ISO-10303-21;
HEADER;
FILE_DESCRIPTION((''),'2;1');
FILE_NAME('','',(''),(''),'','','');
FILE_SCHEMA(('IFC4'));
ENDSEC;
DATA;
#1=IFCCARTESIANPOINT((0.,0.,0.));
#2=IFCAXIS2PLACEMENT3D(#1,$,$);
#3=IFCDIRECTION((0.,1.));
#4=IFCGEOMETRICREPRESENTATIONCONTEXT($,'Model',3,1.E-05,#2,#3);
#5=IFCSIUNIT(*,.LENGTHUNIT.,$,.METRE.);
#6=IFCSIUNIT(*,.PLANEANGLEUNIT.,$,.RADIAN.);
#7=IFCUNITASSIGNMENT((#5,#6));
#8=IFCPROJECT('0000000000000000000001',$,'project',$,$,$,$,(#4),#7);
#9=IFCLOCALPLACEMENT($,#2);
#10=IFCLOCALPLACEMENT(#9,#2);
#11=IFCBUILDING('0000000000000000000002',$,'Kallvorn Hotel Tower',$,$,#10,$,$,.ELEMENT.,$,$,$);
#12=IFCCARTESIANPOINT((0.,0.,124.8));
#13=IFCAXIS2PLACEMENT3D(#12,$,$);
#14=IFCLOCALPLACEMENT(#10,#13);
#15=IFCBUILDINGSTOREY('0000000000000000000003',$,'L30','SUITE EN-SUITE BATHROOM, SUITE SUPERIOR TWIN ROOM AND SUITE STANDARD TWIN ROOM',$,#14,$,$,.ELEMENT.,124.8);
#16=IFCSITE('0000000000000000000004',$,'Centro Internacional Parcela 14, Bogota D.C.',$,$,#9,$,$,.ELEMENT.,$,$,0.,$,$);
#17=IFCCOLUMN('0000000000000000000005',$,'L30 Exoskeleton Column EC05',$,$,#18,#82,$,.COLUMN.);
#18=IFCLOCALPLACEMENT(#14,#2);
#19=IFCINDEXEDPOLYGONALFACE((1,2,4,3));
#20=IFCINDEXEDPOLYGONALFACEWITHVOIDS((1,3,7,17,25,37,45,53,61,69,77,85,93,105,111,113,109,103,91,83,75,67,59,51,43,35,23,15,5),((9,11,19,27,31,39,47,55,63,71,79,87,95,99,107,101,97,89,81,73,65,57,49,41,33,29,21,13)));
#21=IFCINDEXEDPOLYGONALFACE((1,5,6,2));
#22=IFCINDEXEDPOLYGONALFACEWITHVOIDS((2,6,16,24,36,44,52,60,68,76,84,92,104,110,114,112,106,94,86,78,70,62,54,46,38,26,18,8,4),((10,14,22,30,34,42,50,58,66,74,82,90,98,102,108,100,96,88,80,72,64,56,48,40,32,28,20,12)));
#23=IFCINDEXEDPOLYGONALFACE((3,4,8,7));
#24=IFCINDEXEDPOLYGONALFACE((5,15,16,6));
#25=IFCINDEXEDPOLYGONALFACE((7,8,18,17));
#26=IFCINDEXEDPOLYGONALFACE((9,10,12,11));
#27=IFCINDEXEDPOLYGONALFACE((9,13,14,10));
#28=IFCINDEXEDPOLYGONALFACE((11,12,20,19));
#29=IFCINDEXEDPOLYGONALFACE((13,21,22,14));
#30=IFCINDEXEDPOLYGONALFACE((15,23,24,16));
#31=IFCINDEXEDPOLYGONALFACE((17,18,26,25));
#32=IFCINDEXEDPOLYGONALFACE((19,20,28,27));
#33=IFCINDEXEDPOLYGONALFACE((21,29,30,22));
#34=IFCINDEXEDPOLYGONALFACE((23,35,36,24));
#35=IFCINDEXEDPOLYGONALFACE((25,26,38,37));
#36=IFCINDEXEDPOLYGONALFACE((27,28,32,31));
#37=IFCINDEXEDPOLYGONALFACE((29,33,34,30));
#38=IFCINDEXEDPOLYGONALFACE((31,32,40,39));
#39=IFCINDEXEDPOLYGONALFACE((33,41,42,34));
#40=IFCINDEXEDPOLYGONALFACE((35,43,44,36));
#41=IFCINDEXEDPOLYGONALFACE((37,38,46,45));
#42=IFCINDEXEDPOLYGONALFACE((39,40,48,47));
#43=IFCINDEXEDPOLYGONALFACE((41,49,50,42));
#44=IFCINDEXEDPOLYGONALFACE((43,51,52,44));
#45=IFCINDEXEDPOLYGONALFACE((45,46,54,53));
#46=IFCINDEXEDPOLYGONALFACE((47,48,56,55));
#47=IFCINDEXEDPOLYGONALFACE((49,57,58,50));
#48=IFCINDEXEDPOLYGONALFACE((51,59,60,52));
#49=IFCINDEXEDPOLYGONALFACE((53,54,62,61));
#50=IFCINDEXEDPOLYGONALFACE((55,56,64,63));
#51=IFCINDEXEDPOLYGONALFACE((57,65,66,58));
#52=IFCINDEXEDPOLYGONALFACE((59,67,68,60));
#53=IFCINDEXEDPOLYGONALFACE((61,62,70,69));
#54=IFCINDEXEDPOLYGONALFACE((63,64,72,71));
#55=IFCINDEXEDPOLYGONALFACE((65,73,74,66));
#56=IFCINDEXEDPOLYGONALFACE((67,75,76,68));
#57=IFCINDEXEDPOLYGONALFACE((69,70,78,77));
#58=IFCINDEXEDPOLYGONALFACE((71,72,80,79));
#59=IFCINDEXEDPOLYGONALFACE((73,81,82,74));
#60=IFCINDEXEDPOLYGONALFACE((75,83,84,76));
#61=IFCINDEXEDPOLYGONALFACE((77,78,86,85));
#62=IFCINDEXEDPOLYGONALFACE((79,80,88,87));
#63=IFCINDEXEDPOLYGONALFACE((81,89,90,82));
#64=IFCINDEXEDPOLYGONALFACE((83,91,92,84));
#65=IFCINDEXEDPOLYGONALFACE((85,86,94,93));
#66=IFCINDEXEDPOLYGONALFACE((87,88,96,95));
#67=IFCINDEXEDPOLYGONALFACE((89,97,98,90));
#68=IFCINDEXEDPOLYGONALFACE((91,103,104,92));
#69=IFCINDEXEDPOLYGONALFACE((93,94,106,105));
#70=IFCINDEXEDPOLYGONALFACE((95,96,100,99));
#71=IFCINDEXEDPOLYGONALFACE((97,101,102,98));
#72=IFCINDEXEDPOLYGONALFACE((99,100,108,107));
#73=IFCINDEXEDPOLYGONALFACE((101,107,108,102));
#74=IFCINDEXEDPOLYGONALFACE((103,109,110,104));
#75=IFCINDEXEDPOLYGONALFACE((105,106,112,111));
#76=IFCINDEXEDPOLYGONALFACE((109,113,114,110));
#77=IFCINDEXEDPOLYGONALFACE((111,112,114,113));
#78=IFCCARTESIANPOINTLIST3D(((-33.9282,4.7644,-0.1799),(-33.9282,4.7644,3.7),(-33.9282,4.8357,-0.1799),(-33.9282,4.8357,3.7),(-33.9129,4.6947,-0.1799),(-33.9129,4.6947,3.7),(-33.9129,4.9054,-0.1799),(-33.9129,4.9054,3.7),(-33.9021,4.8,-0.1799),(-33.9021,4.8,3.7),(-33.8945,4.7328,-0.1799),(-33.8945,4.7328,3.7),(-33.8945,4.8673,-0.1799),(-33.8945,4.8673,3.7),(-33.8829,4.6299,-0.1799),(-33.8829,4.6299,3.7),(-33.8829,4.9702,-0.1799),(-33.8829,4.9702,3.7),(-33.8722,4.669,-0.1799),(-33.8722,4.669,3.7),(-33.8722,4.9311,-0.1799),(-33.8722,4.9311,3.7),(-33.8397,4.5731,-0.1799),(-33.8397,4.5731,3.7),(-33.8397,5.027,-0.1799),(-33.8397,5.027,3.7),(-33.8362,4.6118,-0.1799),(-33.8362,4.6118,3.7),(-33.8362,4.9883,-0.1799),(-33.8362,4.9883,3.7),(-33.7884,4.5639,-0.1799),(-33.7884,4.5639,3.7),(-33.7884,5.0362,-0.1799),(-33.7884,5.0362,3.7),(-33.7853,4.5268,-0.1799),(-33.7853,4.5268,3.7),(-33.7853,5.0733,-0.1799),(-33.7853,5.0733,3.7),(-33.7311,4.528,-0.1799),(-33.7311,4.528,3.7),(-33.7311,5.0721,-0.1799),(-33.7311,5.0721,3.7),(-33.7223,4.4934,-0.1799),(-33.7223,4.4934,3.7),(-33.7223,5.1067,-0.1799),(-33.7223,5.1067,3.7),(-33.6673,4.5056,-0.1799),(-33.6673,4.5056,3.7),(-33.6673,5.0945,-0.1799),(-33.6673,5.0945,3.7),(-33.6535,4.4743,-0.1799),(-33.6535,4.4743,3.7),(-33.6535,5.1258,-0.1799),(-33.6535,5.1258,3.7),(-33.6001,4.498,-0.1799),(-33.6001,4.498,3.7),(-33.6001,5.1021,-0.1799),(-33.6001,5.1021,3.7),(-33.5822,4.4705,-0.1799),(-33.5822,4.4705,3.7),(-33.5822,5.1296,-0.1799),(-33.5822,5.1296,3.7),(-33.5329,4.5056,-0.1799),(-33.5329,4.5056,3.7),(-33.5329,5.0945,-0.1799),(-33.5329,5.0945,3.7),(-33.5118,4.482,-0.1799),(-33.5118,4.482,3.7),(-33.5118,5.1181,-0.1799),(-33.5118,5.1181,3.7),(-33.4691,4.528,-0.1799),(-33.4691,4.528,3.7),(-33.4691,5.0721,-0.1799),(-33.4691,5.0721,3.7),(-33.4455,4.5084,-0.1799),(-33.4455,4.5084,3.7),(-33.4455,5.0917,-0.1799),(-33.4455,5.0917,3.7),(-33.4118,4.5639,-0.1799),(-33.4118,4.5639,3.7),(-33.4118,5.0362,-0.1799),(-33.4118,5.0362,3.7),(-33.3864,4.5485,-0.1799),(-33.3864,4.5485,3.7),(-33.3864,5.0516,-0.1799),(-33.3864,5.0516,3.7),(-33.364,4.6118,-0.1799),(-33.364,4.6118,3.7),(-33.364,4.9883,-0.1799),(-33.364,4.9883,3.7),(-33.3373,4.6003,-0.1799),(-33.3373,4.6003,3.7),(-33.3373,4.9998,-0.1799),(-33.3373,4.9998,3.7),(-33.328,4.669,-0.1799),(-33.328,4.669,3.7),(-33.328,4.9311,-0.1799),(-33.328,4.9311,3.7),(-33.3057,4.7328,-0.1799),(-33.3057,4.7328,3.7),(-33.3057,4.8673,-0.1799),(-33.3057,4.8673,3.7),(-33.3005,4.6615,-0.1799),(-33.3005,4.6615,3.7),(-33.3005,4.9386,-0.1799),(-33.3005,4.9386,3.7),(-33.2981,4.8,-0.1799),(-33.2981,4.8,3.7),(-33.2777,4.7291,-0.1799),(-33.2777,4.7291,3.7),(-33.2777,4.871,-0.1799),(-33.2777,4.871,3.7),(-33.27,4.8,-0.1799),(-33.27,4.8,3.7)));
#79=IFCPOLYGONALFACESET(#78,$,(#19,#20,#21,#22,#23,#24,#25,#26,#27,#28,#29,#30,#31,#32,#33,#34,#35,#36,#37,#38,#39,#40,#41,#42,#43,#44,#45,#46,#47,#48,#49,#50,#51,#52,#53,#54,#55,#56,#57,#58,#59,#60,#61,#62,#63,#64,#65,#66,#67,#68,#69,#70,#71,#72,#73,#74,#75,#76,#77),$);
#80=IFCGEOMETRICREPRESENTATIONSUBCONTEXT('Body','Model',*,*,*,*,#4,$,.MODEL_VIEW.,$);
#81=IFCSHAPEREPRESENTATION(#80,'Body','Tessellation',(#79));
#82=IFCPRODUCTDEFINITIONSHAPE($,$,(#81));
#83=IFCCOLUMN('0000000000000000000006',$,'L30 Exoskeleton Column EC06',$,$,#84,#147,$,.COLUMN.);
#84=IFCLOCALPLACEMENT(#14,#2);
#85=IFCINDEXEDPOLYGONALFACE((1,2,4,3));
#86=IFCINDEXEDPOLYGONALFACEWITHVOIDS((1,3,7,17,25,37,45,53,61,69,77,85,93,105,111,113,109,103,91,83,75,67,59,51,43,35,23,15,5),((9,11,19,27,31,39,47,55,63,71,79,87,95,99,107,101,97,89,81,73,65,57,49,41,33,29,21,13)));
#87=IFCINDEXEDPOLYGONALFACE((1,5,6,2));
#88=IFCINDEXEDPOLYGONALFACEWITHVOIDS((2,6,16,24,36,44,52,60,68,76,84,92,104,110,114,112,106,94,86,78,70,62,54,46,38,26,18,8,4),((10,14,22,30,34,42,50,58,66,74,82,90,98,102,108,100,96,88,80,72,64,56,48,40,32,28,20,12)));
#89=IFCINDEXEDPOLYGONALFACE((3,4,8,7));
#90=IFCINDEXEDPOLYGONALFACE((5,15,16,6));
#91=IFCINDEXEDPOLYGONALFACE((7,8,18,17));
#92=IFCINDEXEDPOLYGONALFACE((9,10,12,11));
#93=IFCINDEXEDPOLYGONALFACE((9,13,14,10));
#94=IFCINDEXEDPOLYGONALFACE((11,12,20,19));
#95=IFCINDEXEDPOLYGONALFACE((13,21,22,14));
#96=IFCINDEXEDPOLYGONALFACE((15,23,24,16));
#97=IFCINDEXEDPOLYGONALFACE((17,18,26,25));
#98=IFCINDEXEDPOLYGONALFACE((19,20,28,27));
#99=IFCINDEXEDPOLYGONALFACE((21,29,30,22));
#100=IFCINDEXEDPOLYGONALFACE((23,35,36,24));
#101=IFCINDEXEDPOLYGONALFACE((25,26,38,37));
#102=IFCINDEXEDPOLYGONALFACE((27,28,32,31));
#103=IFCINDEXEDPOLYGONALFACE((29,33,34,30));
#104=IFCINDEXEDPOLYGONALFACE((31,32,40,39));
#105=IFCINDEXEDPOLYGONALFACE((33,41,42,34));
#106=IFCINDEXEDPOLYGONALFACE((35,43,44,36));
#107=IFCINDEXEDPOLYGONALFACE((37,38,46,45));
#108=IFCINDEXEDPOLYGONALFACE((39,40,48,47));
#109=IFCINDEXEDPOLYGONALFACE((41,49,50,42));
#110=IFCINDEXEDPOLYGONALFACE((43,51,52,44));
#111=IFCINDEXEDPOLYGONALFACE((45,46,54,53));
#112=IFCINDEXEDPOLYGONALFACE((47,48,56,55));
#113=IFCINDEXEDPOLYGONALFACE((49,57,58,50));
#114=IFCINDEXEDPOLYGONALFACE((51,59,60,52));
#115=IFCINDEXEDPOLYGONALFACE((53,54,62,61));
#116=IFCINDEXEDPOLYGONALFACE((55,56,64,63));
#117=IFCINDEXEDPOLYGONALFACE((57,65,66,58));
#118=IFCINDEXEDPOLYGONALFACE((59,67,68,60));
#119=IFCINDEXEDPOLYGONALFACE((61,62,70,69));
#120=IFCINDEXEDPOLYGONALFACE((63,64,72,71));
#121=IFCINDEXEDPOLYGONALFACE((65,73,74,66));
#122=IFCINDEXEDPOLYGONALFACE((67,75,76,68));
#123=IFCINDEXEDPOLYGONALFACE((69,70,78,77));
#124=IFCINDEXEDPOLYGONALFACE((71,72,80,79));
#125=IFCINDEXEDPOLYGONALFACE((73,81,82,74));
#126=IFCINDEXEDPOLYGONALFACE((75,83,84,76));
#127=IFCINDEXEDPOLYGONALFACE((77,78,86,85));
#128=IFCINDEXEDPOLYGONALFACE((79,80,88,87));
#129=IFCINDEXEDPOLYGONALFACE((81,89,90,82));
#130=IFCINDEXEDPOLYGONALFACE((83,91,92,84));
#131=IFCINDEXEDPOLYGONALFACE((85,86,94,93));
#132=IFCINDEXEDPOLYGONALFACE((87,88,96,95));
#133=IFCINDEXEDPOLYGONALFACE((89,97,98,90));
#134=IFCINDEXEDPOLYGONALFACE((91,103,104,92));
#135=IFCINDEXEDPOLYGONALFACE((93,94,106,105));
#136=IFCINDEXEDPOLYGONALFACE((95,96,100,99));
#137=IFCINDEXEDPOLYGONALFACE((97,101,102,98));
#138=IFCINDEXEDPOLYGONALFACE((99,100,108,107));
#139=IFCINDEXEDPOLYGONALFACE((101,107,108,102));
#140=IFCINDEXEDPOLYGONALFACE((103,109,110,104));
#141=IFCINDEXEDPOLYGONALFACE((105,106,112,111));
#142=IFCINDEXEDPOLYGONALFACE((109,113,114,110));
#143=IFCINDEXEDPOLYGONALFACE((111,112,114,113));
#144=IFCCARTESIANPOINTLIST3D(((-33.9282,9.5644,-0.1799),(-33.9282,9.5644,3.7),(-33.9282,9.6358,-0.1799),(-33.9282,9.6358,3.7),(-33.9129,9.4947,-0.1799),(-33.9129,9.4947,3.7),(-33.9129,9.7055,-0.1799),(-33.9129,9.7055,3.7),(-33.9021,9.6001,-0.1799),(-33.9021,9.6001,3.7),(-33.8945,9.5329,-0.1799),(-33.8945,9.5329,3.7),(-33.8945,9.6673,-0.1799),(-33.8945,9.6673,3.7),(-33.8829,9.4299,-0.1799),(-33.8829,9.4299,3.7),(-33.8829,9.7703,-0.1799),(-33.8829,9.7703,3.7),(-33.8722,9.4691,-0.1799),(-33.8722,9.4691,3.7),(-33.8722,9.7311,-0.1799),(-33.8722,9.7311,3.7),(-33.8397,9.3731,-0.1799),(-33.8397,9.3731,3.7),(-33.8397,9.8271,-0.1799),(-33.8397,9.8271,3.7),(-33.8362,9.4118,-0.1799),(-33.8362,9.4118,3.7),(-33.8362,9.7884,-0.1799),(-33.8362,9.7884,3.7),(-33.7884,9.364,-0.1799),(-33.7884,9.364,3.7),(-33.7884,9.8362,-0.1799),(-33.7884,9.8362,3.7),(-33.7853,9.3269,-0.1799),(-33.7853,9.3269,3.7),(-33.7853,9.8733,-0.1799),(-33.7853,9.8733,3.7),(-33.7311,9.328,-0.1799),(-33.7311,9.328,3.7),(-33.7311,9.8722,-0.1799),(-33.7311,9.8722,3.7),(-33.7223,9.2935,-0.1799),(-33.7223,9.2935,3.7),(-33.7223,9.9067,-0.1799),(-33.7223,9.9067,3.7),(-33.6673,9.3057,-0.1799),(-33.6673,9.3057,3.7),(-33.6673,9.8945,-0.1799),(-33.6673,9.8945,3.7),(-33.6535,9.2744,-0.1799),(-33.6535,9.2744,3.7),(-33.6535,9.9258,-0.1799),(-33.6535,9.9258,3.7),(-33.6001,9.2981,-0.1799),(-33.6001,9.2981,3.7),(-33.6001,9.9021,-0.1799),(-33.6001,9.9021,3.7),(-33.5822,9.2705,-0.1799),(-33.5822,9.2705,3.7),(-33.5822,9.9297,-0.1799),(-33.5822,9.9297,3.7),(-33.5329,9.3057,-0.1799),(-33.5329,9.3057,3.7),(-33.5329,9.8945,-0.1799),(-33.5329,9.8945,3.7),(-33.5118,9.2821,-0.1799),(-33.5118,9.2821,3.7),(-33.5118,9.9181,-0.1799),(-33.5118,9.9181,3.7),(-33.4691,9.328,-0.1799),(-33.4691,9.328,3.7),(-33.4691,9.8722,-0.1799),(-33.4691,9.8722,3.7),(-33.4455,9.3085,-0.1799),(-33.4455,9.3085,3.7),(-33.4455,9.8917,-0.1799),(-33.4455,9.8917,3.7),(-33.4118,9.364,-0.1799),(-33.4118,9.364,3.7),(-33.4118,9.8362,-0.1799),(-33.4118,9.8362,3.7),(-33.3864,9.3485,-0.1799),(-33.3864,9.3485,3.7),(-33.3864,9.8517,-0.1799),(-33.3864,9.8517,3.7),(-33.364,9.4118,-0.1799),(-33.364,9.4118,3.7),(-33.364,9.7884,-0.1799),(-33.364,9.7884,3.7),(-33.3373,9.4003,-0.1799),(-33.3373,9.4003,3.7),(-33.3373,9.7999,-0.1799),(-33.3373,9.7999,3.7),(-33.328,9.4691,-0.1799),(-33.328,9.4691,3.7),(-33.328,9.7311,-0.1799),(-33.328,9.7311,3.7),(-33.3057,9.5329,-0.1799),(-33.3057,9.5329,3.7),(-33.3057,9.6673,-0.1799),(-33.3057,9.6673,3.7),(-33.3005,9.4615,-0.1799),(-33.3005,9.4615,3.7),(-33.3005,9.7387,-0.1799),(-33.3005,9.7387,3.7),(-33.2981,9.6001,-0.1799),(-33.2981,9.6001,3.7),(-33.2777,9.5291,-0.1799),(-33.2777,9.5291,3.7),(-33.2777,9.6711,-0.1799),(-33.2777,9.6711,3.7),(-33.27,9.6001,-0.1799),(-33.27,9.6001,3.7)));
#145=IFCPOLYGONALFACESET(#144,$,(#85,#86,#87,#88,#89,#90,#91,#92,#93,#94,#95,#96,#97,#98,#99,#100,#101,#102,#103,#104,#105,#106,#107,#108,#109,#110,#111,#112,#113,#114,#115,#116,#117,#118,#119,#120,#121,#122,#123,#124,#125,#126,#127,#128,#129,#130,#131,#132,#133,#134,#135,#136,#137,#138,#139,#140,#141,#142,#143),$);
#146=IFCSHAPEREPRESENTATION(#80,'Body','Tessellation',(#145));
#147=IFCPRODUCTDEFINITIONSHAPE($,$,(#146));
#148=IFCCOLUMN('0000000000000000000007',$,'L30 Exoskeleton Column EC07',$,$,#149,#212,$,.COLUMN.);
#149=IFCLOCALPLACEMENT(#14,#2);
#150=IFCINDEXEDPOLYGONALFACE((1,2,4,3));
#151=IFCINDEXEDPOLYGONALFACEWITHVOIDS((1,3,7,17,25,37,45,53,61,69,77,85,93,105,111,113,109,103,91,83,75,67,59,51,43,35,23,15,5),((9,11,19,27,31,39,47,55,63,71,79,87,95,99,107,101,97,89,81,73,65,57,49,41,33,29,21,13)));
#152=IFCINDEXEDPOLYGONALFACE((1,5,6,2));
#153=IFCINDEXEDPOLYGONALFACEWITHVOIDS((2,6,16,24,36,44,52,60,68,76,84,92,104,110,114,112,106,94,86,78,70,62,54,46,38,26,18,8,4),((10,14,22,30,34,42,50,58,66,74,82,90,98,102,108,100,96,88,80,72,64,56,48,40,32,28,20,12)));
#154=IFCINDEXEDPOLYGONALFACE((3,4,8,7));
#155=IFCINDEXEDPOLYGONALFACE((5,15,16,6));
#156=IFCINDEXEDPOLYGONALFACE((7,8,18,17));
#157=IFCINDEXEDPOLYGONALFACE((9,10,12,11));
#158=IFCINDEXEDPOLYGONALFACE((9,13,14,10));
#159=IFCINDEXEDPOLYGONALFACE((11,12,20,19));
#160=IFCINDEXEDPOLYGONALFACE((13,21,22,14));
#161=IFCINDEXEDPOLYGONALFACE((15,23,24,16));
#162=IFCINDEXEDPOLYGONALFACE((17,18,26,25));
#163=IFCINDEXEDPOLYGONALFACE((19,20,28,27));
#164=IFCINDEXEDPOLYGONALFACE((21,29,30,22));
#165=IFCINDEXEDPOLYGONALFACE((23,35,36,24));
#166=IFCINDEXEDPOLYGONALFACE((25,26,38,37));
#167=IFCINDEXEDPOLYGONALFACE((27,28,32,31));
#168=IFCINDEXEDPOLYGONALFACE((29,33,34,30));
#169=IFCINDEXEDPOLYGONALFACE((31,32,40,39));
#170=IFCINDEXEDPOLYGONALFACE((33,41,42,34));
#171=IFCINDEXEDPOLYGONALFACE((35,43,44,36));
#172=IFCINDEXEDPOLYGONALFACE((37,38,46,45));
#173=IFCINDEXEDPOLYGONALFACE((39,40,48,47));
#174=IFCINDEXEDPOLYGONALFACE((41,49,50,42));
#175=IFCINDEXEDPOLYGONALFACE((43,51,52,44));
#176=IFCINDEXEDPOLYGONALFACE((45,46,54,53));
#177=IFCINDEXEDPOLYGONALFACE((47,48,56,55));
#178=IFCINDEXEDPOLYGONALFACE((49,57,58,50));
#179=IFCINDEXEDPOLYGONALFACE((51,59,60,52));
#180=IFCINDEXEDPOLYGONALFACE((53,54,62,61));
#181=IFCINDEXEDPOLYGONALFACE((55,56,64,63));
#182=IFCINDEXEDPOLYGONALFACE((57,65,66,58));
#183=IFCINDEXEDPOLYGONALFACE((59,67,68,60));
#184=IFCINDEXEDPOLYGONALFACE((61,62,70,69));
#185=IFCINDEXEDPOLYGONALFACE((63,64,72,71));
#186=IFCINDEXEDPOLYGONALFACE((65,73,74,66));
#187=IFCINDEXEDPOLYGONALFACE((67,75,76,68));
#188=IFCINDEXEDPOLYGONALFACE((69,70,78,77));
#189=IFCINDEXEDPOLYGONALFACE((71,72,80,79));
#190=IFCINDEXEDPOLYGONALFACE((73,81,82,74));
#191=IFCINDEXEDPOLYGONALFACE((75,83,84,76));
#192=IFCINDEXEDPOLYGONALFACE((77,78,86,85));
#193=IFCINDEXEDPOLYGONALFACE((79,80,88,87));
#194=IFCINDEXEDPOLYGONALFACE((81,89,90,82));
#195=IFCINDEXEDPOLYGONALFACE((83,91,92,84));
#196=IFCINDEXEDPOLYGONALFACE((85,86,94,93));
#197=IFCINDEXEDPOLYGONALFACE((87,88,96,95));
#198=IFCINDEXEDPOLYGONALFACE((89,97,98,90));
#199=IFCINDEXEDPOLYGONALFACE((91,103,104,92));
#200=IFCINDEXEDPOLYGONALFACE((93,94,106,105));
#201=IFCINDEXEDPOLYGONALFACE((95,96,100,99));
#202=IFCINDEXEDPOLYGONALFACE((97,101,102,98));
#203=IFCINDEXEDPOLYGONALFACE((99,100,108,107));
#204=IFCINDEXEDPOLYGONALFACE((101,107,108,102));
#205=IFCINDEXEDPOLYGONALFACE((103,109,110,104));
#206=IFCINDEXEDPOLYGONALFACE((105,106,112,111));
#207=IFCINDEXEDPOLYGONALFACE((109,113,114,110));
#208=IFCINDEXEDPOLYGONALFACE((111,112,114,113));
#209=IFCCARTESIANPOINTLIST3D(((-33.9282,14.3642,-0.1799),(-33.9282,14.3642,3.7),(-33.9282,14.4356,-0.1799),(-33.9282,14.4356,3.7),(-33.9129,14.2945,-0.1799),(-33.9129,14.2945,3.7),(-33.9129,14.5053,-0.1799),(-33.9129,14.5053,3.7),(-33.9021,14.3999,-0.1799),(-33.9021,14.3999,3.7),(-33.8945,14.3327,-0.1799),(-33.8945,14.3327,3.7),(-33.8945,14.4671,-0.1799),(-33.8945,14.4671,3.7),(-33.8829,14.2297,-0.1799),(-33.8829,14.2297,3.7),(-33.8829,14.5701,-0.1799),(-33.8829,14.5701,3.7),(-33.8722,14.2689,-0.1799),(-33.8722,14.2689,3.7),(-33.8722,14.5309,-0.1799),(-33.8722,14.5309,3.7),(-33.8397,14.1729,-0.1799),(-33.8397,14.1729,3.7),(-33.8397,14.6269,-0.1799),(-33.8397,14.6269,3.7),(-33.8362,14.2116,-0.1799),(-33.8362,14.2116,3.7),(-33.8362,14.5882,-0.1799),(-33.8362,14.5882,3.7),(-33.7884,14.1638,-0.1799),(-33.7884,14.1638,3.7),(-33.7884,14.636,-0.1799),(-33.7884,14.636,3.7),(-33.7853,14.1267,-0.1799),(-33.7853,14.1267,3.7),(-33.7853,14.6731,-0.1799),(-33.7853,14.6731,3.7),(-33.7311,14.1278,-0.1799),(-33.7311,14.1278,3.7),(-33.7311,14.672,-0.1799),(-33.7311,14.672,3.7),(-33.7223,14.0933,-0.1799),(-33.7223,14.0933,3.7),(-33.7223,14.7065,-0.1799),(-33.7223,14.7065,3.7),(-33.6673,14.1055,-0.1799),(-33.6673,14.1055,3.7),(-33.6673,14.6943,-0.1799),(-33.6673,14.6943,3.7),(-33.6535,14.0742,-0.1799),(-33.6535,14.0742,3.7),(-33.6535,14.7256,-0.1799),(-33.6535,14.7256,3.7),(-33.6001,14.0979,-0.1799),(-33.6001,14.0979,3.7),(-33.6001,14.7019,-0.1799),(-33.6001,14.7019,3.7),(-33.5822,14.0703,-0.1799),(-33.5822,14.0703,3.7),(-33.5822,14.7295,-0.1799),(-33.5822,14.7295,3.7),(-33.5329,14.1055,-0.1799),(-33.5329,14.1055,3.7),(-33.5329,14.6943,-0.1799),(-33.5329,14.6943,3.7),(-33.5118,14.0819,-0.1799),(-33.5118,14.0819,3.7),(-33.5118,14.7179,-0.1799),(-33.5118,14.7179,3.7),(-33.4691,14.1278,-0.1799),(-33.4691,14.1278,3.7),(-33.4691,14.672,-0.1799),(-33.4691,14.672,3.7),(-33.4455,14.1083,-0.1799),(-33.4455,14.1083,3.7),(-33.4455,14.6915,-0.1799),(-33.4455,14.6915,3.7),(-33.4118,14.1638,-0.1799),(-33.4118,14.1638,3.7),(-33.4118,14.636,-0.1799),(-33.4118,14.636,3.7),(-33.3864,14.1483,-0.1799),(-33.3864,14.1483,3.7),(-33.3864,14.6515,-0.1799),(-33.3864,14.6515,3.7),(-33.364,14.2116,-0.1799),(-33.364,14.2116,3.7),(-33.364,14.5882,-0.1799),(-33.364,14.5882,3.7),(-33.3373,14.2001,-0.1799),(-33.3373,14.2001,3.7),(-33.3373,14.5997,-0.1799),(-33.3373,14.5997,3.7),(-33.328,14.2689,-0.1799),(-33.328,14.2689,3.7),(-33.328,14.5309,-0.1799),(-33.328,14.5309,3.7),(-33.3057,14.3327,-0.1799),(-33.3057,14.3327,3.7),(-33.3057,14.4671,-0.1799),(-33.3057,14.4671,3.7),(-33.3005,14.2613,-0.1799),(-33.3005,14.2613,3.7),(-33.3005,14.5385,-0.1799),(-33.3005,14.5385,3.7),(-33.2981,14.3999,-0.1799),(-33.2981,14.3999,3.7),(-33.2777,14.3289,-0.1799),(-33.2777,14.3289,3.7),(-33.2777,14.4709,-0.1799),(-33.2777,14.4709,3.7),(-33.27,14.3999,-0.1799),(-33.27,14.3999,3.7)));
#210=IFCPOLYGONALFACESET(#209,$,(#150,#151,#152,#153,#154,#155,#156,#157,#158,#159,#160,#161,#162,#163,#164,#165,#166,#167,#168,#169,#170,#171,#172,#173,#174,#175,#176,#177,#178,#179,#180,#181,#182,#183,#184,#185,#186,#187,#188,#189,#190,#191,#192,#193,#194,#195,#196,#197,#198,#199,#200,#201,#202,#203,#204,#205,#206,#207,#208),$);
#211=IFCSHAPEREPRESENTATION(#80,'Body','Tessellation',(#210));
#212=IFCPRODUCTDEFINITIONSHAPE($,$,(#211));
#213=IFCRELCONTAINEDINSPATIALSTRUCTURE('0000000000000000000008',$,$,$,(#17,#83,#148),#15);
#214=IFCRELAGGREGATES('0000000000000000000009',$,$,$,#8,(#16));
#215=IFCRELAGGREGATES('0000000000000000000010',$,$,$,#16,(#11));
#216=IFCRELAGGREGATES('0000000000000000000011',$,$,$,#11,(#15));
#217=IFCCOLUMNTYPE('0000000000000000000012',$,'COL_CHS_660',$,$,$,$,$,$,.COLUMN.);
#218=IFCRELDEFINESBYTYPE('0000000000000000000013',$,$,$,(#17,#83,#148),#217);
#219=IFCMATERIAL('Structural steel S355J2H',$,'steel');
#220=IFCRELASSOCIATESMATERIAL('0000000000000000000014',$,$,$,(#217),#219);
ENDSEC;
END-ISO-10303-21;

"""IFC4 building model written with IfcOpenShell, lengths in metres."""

from ifc_helpers import new_model, si_unit, direction, frame, origin, origin_2d, place, context, subcontext, project, spatial, hollow_circle, extrude, material, material_profile, profile_set, type_object, element, save


model = new_model("IFC4")

# Units and contexts
model_context = context("Model", 3, precision=1e-05, world=origin(), true_north=direction((0.0, 1.0)))
body_context = subcontext(model_context, "Body", "Model", "MODEL_VIEW")
ifc_project = project(units=[si_unit("LENGTHUNIT", "METRE"), si_unit("PLANEANGLEUNIT", "RADIAN")], contexts=[model_context])

# Site, building, storey
site_placement = place(None, origin())
site = spatial("IfcSite", under=ifc_project, at=site_placement, Name="Centro Internacional Parcela 14, Bogota D.C.", CompositionType="ELEMENT", RefElevation=0.0)
building_placement = place(site_placement, origin())
building = spatial("IfcBuilding", under=site, at=building_placement, Name="Kallvorn Hotel Tower", CompositionType="ELEMENT")
storey_placement = place(building_placement, frame((0.0, 0.0, 124.8)))
storey = spatial("IfcBuildingStorey", under=building, at=storey_placement, Name="L30", Description="SUITE EN-SUITE BATHROOM, SUITE SUPERIOR TWIN ROOM AND SUITE STANDARD TWIN ROOM", CompositionType="ELEMENT", Elevation=124.8)

# Columns
ifc_material_1 = material(Name="Structural steel S355J2H", Category="steel")
ifc_material_profile_1 = material_profile(ifc_material_1, hollow_circle(Radius=0.3301, WallThickness=0.0281, at=origin_2d()), Name="CHS 660x28")
ifc_profile_set_1 = profile_set([ifc_material_profile_1], Name="Structural steel S355J2H")
column_type_1 = type_object("IfcColumnType", Name="COL_CHS_660", PredefinedType="COLUMN", material=ifc_profile_set_1)
for number, where, z_axis, x_axis, name in (
    (1, (-33.6001, 4.8, -0.1799), (0.0, 0.0, 1.0), (1.0, 0.0, 0.0), "L30 Exoskeleton Column EC05"),
    (2, (-33.6001, 9.6001, -0.1799), (0.0, 0.0, 1.0), (1.0, 0.0, 0.0), "L30 Exoskeleton Column EC06"),
    (3, (-33.6001, 14.3999, -0.1799), (0.0, 0.0, 1.0), (1.0, 0.0, 0.0), "L30 Exoskeleton Column EC07"),
):
    element("IfcColumn", number, at=place(storey_placement, frame(where, z_axis=z_axis, x_axis=x_axis)), inside=storey, type_object=column_type_1, Name=name, PredefinedType="COLUMN", context=body_context, shape_type="SweptSolid", body=[
        extrude(hollow_circle(Radius=0.3301, WallThickness=0.0281, at=origin_2d()), origin(), (0.0, 0.0, 1.0), 3.8799),
    ])

save(model, "model.ifc")
